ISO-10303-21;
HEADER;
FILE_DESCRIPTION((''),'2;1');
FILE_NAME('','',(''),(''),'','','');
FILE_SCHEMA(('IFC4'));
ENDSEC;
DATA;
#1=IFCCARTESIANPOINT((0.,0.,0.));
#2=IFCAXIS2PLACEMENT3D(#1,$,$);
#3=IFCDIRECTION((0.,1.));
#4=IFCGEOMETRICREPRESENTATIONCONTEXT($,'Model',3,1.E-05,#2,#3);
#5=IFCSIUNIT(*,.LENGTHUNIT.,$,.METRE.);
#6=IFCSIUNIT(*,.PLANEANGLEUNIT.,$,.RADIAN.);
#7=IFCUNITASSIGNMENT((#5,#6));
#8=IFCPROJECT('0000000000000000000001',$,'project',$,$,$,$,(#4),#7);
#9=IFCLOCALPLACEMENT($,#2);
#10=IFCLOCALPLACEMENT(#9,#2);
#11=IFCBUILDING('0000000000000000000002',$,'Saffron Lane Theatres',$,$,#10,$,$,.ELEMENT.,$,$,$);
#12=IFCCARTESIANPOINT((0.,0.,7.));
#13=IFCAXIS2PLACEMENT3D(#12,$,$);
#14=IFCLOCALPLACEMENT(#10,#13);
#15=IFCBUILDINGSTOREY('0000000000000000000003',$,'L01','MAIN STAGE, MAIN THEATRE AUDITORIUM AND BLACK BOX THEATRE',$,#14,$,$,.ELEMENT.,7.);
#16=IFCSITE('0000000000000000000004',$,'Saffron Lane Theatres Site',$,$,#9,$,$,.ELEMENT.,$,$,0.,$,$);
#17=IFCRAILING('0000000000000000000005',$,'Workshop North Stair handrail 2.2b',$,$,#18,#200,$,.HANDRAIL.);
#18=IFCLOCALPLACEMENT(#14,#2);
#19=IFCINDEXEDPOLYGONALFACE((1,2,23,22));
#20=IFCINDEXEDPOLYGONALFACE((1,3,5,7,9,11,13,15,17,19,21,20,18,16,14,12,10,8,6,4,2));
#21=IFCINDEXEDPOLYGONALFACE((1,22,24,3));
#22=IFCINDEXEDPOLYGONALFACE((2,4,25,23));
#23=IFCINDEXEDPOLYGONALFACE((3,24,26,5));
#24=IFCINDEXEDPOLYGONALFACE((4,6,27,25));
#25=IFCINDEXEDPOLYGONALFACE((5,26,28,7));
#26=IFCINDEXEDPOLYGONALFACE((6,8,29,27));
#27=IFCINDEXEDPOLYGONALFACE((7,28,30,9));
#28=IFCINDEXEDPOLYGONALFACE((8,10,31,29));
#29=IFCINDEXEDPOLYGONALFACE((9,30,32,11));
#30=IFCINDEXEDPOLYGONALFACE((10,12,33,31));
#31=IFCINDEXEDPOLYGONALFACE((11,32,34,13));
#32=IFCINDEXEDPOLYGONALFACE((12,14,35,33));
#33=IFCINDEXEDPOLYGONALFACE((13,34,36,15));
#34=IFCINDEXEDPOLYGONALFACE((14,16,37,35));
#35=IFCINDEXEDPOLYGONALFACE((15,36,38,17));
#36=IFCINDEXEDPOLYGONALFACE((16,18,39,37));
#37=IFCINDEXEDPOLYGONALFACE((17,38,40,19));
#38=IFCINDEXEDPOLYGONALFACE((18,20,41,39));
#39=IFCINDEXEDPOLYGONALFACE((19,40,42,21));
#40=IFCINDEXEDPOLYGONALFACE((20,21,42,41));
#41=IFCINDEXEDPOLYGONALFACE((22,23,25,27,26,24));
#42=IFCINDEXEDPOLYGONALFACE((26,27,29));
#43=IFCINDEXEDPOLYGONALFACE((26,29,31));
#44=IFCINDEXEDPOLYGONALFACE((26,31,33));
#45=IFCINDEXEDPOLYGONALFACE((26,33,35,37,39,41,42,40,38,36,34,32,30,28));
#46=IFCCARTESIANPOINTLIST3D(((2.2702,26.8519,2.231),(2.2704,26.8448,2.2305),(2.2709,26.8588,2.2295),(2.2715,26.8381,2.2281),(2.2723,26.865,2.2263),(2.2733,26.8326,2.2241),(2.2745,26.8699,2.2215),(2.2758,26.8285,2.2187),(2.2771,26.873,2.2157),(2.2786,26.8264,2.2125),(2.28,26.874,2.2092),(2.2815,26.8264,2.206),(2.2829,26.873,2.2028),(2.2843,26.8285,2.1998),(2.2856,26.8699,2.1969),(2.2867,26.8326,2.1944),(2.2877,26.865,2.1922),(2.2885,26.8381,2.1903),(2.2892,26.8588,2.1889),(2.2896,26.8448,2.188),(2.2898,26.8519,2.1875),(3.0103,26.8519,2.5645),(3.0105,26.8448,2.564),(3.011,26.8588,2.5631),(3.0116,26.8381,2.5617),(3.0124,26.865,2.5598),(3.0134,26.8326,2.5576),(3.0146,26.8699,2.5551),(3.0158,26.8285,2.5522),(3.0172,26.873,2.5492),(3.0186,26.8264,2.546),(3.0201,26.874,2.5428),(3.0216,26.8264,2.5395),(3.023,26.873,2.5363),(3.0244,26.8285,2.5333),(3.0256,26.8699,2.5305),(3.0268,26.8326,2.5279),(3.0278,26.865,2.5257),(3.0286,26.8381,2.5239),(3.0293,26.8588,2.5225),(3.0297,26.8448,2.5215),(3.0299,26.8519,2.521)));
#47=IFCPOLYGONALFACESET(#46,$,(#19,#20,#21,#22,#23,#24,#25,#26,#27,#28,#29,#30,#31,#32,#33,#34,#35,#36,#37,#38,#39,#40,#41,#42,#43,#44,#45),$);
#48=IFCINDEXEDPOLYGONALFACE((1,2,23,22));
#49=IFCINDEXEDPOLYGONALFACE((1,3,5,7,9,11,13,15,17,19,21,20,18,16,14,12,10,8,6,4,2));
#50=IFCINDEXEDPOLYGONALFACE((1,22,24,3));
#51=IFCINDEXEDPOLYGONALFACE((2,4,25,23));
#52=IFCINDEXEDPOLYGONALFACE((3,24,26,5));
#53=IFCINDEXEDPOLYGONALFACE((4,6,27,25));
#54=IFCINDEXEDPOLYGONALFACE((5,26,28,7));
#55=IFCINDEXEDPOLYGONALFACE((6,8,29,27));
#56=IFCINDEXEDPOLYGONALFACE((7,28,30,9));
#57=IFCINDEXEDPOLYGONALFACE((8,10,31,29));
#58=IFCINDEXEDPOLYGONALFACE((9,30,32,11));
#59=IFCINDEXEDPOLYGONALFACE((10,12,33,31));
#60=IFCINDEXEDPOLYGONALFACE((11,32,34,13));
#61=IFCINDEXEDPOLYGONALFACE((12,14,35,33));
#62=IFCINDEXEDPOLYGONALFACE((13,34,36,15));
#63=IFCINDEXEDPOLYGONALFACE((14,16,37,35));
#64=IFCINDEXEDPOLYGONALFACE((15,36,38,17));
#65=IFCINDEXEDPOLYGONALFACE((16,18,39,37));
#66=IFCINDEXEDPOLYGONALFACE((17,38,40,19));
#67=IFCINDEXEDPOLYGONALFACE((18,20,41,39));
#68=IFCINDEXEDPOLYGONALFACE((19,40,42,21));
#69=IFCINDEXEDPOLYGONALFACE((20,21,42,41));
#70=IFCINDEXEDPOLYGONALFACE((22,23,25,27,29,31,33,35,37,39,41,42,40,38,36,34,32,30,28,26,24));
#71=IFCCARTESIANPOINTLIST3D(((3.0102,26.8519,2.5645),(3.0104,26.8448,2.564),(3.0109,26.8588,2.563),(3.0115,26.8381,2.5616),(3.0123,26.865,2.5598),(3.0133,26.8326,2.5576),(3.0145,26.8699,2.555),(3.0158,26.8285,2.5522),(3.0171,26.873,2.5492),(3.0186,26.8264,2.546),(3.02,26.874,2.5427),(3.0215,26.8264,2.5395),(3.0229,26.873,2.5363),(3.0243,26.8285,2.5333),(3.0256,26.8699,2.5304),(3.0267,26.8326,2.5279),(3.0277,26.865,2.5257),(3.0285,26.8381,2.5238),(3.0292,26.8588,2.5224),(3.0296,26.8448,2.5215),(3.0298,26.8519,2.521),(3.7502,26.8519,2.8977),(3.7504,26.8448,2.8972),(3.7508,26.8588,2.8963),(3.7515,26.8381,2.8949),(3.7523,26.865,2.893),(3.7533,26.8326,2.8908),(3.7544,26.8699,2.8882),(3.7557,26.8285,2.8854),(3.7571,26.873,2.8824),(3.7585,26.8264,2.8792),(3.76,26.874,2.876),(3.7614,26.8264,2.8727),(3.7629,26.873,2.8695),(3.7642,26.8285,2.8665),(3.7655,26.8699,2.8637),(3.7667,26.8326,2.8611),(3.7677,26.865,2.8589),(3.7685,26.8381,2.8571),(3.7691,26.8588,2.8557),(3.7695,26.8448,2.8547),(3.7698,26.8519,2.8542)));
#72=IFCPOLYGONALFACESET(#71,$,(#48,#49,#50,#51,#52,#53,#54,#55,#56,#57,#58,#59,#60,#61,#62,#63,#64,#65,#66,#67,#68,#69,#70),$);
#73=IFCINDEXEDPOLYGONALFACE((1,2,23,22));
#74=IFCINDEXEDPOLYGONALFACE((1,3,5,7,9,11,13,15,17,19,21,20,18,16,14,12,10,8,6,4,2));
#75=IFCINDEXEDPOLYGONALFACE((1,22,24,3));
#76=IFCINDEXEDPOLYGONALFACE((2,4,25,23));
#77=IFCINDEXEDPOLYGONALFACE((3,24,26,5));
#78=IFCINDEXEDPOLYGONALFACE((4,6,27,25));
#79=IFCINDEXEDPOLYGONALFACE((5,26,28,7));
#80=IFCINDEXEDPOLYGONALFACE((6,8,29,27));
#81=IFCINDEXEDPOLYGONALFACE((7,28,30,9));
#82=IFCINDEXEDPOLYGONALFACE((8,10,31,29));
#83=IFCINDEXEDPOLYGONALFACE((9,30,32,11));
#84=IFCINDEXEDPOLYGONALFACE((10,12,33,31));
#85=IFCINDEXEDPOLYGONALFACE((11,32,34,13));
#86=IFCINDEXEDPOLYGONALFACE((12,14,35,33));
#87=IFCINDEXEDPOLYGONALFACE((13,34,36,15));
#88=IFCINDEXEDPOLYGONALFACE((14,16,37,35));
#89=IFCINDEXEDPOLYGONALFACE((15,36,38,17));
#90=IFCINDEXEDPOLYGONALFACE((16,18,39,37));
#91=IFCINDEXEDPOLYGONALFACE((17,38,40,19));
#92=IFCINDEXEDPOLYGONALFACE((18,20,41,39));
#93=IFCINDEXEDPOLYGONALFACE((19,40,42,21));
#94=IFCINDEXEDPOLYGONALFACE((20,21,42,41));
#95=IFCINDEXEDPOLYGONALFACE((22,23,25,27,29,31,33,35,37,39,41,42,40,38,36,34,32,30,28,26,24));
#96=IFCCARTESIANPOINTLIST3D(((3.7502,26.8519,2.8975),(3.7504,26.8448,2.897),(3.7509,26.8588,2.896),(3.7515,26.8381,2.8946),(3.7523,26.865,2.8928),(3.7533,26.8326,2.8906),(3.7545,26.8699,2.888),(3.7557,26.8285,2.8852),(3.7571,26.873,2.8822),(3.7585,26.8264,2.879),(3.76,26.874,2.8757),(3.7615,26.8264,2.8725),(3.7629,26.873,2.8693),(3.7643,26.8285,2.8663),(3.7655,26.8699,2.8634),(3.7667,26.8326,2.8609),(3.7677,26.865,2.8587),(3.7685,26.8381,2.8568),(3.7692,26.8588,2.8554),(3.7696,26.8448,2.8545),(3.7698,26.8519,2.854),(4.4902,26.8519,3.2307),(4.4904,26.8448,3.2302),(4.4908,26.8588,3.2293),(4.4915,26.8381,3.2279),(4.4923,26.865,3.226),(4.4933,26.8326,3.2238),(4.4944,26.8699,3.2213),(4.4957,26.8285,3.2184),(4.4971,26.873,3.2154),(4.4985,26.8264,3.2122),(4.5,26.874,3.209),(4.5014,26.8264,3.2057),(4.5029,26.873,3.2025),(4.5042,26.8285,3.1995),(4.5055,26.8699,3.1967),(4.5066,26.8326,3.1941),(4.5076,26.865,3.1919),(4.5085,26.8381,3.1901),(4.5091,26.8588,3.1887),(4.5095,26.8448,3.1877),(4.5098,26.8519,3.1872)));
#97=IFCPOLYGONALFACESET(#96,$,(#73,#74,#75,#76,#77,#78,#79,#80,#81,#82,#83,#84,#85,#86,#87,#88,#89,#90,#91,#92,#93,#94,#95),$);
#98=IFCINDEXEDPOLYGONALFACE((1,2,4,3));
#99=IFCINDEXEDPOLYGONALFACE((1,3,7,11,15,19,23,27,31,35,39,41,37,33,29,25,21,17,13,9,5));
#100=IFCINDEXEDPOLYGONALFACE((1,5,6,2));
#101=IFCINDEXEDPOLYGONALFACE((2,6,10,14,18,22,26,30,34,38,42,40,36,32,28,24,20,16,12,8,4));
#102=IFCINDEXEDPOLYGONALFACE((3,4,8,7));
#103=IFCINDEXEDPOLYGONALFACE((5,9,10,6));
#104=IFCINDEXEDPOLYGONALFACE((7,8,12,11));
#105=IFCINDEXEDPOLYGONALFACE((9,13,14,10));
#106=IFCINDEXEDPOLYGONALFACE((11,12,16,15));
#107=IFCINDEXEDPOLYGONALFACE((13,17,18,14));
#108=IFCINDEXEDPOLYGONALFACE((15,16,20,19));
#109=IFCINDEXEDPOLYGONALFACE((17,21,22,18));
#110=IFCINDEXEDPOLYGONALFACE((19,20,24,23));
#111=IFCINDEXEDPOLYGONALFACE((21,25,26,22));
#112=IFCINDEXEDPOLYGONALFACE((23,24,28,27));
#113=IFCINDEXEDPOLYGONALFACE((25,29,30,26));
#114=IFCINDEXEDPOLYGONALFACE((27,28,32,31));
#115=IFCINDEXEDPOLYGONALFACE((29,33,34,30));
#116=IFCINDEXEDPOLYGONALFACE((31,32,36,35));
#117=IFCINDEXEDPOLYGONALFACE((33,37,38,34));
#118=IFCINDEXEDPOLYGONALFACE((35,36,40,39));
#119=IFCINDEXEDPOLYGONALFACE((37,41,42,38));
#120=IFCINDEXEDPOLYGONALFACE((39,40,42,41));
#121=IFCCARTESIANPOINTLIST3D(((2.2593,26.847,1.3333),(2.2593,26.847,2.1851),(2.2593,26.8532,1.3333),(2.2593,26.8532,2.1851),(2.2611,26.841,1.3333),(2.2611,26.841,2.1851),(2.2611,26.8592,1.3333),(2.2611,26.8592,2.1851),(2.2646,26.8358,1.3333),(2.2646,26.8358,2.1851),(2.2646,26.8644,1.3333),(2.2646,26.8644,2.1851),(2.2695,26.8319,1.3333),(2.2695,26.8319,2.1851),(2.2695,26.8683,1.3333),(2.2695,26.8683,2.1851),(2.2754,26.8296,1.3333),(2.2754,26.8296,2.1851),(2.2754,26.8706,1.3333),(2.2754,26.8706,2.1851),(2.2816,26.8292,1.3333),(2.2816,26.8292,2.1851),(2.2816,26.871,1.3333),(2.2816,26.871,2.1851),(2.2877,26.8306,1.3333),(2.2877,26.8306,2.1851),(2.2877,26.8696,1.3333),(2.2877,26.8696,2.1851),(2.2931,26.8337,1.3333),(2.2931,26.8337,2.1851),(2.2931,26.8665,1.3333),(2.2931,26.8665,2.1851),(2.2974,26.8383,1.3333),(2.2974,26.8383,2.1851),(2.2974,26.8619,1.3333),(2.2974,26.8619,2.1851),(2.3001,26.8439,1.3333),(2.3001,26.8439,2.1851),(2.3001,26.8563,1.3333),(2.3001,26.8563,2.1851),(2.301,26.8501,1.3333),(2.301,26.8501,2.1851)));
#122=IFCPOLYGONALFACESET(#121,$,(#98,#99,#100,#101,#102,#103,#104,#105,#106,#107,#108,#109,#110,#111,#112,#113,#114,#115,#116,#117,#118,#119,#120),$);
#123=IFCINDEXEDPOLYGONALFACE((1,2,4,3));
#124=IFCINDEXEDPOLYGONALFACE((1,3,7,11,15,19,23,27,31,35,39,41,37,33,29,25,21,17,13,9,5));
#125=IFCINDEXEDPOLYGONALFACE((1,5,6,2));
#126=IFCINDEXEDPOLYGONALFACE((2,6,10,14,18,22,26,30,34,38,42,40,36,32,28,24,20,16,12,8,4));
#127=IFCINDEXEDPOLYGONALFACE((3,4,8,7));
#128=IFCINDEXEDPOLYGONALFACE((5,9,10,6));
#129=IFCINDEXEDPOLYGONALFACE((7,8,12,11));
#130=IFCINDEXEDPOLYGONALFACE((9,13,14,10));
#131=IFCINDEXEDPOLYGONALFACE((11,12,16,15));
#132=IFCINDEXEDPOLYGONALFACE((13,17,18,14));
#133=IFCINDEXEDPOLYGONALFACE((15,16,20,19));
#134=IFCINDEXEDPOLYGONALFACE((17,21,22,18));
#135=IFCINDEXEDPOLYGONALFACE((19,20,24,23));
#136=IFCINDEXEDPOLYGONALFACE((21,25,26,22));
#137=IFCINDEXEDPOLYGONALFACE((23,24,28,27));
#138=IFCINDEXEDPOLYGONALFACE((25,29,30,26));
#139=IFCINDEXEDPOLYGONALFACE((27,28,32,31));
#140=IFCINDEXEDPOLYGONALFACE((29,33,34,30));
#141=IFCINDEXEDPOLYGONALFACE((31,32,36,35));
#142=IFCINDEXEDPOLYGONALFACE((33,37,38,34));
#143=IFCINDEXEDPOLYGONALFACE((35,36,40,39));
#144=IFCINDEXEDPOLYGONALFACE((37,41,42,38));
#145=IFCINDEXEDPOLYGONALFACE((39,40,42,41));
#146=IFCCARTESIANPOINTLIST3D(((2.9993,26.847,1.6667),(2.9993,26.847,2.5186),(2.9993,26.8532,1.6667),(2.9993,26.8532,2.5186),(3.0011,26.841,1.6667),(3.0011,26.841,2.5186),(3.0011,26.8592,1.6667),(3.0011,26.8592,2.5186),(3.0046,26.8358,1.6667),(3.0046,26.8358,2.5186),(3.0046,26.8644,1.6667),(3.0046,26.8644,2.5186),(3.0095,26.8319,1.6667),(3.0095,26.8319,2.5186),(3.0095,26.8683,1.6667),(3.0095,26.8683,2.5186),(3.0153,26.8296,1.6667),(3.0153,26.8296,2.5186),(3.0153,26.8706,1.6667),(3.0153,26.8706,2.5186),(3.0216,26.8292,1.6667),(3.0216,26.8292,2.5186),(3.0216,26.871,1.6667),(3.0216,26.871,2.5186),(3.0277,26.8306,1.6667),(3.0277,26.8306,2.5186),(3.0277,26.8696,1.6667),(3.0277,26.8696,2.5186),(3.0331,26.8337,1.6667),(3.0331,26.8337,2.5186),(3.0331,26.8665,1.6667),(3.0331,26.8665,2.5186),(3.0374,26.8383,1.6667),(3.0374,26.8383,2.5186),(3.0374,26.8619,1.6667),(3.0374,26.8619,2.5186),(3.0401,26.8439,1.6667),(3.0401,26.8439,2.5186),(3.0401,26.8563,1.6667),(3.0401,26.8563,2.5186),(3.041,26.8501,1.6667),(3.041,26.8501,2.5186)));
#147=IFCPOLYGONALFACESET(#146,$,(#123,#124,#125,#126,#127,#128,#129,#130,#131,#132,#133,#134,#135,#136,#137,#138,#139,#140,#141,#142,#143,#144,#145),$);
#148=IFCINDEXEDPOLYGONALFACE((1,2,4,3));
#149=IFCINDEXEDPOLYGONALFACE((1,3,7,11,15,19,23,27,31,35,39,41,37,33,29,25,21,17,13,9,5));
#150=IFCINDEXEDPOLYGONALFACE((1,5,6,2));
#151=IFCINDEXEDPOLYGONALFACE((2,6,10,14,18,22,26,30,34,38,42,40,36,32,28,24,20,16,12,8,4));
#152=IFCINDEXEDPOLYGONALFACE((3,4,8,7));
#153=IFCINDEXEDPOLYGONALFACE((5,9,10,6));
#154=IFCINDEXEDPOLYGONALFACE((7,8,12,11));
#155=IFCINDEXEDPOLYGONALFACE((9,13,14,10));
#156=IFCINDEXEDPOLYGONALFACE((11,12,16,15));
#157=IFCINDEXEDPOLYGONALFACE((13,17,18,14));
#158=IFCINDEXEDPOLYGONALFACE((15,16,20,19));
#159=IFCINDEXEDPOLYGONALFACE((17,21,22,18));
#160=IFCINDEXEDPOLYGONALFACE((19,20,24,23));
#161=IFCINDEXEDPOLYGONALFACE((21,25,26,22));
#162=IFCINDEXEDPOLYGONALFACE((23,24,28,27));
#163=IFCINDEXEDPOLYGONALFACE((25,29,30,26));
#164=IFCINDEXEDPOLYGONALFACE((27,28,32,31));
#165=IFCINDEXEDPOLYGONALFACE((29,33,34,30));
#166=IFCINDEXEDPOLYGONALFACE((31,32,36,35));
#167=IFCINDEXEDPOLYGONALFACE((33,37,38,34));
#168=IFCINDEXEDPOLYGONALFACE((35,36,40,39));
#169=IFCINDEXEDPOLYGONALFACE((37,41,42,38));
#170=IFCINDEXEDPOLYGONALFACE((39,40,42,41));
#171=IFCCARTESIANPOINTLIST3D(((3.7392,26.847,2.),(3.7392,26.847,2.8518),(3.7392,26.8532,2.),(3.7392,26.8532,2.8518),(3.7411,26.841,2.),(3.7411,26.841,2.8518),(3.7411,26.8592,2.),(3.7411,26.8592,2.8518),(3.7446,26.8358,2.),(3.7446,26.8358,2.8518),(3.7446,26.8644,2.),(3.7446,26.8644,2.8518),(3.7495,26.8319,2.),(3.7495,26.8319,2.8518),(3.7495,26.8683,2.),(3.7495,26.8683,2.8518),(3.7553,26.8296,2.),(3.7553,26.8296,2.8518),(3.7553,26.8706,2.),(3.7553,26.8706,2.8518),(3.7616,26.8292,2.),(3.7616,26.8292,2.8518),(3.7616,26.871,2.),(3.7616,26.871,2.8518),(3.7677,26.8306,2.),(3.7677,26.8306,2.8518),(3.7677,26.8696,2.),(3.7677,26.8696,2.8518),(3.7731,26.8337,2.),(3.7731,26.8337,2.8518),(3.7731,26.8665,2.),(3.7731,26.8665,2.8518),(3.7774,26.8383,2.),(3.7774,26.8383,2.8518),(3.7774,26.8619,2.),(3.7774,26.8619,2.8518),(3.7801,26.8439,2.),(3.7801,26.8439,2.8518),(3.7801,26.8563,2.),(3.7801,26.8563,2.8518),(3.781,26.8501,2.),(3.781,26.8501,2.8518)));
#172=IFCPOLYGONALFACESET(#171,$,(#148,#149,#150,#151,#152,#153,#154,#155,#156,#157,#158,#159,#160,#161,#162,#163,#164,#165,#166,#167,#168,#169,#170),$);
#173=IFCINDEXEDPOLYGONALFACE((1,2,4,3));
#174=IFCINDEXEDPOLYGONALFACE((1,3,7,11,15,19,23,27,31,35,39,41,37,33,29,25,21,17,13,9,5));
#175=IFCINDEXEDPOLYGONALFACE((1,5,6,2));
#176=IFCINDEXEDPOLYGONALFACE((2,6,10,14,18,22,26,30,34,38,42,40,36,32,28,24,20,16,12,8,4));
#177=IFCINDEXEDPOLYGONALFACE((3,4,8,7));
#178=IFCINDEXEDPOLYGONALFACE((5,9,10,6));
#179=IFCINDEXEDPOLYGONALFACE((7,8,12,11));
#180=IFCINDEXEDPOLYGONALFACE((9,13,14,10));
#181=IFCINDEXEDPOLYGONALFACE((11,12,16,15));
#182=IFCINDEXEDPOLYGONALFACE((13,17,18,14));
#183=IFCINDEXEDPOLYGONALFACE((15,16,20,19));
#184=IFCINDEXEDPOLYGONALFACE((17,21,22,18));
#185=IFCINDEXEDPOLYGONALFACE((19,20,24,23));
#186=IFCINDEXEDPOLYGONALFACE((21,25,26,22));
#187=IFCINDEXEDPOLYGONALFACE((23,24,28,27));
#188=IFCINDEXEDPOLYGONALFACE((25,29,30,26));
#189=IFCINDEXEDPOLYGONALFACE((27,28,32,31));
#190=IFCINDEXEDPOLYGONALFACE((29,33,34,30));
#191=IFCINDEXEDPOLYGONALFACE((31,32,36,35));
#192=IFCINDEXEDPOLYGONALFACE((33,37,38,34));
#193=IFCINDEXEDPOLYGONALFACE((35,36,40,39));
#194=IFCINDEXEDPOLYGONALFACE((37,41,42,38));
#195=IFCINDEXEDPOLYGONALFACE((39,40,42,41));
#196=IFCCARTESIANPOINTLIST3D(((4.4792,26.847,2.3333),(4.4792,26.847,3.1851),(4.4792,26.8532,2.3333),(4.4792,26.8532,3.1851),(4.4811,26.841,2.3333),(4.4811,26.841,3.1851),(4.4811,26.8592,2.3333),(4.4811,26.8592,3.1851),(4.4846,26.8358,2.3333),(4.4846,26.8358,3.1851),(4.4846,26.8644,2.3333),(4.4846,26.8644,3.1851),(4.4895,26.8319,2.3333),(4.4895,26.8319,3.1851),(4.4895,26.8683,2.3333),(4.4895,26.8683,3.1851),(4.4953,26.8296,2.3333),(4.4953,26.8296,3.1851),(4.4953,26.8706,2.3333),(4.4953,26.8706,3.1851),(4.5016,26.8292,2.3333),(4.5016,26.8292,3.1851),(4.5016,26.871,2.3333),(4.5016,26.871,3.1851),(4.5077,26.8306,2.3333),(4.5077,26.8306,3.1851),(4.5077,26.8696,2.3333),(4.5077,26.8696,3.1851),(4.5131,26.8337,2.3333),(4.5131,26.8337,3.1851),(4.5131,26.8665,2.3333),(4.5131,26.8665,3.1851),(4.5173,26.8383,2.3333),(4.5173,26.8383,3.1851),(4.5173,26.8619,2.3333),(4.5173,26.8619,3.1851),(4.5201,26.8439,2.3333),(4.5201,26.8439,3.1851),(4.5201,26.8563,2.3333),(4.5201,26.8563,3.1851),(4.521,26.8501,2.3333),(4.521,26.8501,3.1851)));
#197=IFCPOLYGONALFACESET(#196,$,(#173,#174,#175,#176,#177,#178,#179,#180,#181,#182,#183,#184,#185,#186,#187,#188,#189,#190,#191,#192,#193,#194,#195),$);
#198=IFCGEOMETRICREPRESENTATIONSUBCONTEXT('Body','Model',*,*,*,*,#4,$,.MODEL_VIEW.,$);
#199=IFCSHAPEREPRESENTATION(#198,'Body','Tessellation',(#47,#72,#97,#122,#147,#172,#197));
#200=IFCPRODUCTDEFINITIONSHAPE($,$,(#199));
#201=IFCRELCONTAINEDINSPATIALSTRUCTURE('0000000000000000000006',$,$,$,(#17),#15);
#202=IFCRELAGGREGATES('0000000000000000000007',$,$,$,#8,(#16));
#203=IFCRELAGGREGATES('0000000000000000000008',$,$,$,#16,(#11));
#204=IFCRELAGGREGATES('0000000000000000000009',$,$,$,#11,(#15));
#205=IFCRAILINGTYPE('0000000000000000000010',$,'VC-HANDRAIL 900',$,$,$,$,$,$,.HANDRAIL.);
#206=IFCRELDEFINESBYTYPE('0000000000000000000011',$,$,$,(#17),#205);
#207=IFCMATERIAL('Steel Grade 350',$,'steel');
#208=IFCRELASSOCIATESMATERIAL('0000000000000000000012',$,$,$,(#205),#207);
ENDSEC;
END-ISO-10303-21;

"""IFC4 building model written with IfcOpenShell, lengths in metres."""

from ifc_helpers import new_model, si_unit, direction, frame, origin, origin_2d, place, context, subcontext, project, spatial, circle, extrude, material, type_object, element, save


model = new_model("IFC4")

# Units and contexts
model_context = context("Model", 3, precision=1e-05, world=origin(), true_north=direction((0.0, 1.0)))
body_context = subcontext(model_context, "Body", "Model", "MODEL_VIEW")
ifc_project = project(units=[si_unit("LENGTHUNIT", "METRE"), si_unit("PLANEANGLEUNIT", "RADIAN")], contexts=[model_context])

# Site, building, storey
site_placement = place(None, origin())
site = spatial("IfcSite", under=ifc_project, at=site_placement, Name="Saffron Lane Theatres Site", CompositionType="ELEMENT", RefElevation=0.0)
building_placement = place(site_placement, origin())
building = spatial("IfcBuilding", under=site, at=building_placement, Name="Saffron Lane Theatres", CompositionType="ELEMENT")
storey_placement = place(building_placement, frame((0.0, 0.0, 7.0)))
storey = spatial("IfcBuildingStorey", under=building, at=storey_placement, Name="L01", Description="MAIN STAGE, MAIN THEATRE AUDITORIUM AND BLACK BOX THEATRE", CompositionType="ELEMENT", Elevation=7.0)

# Railing
ifc_material_1 = material(Name="Steel Grade 350", Category="steel")
railing_type_1 = type_object("IfcRailingType", Name="VC-HANDRAIL 900", PredefinedType="HANDRAIL", material=ifc_material_1)
for number, where, name in (
    (1, (2.28, 26.8501, 1.3333), "Workshop North Stair handrail 2.2b"),
):
    element("IfcRailing", number, at=place(storey_placement, frame(where)), inside=storey, type_object=railing_type_1, Name=name, PredefinedType="HANDRAIL", context=body_context, shape_type="SweptSolid", body=[
        extrude(circle(Radius=0.0239, at=origin_2d()), frame((0.0, 0.0, 0.876), z_axis=(0.911691, 0.0, 0.410877), x_axis=(0.0, 1.0, 0.0)), (0.0, 0.0, 1.0), 0.8118),
        extrude(circle(Radius=0.0239, at=origin_2d()), frame((0.74, 0.0, 1.2095), z_axis=(0.911803, 0.0, 0.410627), x_axis=(0.0, 1.0, 0.0)), (0.0, 0.0, 1.0), 0.8115),
        extrude(circle(Radius=0.0239, at=origin_2d()), frame((1.48, 0.0, 1.5425), z_axis=(0.911803, 0.0, 0.410627), x_axis=(0.0, 1.0, 0.0)), (0.0, 0.0, 1.0), 0.8115),
        extrude(circle(Radius=0.021, at=origin_2d()), origin(), (0.0, 0.0, 1.0), 0.8518),
        extrude(circle(Radius=0.021, at=origin_2d()), frame((0.74, 0.0, 0.3335)), (0.0, 0.0, 1.0), 0.8518),
        extrude(circle(Radius=0.021, at=origin_2d()), frame((1.48, 0.0, 0.6667)), (0.0, 0.0, 1.0), 0.8518),
        extrude(circle(Radius=0.021, at=origin_2d()), frame((2.22, 0.0, 1.0)), (0.0, 0.0, 1.0), 0.8518),
    ])

save(model, "model.ifc")
